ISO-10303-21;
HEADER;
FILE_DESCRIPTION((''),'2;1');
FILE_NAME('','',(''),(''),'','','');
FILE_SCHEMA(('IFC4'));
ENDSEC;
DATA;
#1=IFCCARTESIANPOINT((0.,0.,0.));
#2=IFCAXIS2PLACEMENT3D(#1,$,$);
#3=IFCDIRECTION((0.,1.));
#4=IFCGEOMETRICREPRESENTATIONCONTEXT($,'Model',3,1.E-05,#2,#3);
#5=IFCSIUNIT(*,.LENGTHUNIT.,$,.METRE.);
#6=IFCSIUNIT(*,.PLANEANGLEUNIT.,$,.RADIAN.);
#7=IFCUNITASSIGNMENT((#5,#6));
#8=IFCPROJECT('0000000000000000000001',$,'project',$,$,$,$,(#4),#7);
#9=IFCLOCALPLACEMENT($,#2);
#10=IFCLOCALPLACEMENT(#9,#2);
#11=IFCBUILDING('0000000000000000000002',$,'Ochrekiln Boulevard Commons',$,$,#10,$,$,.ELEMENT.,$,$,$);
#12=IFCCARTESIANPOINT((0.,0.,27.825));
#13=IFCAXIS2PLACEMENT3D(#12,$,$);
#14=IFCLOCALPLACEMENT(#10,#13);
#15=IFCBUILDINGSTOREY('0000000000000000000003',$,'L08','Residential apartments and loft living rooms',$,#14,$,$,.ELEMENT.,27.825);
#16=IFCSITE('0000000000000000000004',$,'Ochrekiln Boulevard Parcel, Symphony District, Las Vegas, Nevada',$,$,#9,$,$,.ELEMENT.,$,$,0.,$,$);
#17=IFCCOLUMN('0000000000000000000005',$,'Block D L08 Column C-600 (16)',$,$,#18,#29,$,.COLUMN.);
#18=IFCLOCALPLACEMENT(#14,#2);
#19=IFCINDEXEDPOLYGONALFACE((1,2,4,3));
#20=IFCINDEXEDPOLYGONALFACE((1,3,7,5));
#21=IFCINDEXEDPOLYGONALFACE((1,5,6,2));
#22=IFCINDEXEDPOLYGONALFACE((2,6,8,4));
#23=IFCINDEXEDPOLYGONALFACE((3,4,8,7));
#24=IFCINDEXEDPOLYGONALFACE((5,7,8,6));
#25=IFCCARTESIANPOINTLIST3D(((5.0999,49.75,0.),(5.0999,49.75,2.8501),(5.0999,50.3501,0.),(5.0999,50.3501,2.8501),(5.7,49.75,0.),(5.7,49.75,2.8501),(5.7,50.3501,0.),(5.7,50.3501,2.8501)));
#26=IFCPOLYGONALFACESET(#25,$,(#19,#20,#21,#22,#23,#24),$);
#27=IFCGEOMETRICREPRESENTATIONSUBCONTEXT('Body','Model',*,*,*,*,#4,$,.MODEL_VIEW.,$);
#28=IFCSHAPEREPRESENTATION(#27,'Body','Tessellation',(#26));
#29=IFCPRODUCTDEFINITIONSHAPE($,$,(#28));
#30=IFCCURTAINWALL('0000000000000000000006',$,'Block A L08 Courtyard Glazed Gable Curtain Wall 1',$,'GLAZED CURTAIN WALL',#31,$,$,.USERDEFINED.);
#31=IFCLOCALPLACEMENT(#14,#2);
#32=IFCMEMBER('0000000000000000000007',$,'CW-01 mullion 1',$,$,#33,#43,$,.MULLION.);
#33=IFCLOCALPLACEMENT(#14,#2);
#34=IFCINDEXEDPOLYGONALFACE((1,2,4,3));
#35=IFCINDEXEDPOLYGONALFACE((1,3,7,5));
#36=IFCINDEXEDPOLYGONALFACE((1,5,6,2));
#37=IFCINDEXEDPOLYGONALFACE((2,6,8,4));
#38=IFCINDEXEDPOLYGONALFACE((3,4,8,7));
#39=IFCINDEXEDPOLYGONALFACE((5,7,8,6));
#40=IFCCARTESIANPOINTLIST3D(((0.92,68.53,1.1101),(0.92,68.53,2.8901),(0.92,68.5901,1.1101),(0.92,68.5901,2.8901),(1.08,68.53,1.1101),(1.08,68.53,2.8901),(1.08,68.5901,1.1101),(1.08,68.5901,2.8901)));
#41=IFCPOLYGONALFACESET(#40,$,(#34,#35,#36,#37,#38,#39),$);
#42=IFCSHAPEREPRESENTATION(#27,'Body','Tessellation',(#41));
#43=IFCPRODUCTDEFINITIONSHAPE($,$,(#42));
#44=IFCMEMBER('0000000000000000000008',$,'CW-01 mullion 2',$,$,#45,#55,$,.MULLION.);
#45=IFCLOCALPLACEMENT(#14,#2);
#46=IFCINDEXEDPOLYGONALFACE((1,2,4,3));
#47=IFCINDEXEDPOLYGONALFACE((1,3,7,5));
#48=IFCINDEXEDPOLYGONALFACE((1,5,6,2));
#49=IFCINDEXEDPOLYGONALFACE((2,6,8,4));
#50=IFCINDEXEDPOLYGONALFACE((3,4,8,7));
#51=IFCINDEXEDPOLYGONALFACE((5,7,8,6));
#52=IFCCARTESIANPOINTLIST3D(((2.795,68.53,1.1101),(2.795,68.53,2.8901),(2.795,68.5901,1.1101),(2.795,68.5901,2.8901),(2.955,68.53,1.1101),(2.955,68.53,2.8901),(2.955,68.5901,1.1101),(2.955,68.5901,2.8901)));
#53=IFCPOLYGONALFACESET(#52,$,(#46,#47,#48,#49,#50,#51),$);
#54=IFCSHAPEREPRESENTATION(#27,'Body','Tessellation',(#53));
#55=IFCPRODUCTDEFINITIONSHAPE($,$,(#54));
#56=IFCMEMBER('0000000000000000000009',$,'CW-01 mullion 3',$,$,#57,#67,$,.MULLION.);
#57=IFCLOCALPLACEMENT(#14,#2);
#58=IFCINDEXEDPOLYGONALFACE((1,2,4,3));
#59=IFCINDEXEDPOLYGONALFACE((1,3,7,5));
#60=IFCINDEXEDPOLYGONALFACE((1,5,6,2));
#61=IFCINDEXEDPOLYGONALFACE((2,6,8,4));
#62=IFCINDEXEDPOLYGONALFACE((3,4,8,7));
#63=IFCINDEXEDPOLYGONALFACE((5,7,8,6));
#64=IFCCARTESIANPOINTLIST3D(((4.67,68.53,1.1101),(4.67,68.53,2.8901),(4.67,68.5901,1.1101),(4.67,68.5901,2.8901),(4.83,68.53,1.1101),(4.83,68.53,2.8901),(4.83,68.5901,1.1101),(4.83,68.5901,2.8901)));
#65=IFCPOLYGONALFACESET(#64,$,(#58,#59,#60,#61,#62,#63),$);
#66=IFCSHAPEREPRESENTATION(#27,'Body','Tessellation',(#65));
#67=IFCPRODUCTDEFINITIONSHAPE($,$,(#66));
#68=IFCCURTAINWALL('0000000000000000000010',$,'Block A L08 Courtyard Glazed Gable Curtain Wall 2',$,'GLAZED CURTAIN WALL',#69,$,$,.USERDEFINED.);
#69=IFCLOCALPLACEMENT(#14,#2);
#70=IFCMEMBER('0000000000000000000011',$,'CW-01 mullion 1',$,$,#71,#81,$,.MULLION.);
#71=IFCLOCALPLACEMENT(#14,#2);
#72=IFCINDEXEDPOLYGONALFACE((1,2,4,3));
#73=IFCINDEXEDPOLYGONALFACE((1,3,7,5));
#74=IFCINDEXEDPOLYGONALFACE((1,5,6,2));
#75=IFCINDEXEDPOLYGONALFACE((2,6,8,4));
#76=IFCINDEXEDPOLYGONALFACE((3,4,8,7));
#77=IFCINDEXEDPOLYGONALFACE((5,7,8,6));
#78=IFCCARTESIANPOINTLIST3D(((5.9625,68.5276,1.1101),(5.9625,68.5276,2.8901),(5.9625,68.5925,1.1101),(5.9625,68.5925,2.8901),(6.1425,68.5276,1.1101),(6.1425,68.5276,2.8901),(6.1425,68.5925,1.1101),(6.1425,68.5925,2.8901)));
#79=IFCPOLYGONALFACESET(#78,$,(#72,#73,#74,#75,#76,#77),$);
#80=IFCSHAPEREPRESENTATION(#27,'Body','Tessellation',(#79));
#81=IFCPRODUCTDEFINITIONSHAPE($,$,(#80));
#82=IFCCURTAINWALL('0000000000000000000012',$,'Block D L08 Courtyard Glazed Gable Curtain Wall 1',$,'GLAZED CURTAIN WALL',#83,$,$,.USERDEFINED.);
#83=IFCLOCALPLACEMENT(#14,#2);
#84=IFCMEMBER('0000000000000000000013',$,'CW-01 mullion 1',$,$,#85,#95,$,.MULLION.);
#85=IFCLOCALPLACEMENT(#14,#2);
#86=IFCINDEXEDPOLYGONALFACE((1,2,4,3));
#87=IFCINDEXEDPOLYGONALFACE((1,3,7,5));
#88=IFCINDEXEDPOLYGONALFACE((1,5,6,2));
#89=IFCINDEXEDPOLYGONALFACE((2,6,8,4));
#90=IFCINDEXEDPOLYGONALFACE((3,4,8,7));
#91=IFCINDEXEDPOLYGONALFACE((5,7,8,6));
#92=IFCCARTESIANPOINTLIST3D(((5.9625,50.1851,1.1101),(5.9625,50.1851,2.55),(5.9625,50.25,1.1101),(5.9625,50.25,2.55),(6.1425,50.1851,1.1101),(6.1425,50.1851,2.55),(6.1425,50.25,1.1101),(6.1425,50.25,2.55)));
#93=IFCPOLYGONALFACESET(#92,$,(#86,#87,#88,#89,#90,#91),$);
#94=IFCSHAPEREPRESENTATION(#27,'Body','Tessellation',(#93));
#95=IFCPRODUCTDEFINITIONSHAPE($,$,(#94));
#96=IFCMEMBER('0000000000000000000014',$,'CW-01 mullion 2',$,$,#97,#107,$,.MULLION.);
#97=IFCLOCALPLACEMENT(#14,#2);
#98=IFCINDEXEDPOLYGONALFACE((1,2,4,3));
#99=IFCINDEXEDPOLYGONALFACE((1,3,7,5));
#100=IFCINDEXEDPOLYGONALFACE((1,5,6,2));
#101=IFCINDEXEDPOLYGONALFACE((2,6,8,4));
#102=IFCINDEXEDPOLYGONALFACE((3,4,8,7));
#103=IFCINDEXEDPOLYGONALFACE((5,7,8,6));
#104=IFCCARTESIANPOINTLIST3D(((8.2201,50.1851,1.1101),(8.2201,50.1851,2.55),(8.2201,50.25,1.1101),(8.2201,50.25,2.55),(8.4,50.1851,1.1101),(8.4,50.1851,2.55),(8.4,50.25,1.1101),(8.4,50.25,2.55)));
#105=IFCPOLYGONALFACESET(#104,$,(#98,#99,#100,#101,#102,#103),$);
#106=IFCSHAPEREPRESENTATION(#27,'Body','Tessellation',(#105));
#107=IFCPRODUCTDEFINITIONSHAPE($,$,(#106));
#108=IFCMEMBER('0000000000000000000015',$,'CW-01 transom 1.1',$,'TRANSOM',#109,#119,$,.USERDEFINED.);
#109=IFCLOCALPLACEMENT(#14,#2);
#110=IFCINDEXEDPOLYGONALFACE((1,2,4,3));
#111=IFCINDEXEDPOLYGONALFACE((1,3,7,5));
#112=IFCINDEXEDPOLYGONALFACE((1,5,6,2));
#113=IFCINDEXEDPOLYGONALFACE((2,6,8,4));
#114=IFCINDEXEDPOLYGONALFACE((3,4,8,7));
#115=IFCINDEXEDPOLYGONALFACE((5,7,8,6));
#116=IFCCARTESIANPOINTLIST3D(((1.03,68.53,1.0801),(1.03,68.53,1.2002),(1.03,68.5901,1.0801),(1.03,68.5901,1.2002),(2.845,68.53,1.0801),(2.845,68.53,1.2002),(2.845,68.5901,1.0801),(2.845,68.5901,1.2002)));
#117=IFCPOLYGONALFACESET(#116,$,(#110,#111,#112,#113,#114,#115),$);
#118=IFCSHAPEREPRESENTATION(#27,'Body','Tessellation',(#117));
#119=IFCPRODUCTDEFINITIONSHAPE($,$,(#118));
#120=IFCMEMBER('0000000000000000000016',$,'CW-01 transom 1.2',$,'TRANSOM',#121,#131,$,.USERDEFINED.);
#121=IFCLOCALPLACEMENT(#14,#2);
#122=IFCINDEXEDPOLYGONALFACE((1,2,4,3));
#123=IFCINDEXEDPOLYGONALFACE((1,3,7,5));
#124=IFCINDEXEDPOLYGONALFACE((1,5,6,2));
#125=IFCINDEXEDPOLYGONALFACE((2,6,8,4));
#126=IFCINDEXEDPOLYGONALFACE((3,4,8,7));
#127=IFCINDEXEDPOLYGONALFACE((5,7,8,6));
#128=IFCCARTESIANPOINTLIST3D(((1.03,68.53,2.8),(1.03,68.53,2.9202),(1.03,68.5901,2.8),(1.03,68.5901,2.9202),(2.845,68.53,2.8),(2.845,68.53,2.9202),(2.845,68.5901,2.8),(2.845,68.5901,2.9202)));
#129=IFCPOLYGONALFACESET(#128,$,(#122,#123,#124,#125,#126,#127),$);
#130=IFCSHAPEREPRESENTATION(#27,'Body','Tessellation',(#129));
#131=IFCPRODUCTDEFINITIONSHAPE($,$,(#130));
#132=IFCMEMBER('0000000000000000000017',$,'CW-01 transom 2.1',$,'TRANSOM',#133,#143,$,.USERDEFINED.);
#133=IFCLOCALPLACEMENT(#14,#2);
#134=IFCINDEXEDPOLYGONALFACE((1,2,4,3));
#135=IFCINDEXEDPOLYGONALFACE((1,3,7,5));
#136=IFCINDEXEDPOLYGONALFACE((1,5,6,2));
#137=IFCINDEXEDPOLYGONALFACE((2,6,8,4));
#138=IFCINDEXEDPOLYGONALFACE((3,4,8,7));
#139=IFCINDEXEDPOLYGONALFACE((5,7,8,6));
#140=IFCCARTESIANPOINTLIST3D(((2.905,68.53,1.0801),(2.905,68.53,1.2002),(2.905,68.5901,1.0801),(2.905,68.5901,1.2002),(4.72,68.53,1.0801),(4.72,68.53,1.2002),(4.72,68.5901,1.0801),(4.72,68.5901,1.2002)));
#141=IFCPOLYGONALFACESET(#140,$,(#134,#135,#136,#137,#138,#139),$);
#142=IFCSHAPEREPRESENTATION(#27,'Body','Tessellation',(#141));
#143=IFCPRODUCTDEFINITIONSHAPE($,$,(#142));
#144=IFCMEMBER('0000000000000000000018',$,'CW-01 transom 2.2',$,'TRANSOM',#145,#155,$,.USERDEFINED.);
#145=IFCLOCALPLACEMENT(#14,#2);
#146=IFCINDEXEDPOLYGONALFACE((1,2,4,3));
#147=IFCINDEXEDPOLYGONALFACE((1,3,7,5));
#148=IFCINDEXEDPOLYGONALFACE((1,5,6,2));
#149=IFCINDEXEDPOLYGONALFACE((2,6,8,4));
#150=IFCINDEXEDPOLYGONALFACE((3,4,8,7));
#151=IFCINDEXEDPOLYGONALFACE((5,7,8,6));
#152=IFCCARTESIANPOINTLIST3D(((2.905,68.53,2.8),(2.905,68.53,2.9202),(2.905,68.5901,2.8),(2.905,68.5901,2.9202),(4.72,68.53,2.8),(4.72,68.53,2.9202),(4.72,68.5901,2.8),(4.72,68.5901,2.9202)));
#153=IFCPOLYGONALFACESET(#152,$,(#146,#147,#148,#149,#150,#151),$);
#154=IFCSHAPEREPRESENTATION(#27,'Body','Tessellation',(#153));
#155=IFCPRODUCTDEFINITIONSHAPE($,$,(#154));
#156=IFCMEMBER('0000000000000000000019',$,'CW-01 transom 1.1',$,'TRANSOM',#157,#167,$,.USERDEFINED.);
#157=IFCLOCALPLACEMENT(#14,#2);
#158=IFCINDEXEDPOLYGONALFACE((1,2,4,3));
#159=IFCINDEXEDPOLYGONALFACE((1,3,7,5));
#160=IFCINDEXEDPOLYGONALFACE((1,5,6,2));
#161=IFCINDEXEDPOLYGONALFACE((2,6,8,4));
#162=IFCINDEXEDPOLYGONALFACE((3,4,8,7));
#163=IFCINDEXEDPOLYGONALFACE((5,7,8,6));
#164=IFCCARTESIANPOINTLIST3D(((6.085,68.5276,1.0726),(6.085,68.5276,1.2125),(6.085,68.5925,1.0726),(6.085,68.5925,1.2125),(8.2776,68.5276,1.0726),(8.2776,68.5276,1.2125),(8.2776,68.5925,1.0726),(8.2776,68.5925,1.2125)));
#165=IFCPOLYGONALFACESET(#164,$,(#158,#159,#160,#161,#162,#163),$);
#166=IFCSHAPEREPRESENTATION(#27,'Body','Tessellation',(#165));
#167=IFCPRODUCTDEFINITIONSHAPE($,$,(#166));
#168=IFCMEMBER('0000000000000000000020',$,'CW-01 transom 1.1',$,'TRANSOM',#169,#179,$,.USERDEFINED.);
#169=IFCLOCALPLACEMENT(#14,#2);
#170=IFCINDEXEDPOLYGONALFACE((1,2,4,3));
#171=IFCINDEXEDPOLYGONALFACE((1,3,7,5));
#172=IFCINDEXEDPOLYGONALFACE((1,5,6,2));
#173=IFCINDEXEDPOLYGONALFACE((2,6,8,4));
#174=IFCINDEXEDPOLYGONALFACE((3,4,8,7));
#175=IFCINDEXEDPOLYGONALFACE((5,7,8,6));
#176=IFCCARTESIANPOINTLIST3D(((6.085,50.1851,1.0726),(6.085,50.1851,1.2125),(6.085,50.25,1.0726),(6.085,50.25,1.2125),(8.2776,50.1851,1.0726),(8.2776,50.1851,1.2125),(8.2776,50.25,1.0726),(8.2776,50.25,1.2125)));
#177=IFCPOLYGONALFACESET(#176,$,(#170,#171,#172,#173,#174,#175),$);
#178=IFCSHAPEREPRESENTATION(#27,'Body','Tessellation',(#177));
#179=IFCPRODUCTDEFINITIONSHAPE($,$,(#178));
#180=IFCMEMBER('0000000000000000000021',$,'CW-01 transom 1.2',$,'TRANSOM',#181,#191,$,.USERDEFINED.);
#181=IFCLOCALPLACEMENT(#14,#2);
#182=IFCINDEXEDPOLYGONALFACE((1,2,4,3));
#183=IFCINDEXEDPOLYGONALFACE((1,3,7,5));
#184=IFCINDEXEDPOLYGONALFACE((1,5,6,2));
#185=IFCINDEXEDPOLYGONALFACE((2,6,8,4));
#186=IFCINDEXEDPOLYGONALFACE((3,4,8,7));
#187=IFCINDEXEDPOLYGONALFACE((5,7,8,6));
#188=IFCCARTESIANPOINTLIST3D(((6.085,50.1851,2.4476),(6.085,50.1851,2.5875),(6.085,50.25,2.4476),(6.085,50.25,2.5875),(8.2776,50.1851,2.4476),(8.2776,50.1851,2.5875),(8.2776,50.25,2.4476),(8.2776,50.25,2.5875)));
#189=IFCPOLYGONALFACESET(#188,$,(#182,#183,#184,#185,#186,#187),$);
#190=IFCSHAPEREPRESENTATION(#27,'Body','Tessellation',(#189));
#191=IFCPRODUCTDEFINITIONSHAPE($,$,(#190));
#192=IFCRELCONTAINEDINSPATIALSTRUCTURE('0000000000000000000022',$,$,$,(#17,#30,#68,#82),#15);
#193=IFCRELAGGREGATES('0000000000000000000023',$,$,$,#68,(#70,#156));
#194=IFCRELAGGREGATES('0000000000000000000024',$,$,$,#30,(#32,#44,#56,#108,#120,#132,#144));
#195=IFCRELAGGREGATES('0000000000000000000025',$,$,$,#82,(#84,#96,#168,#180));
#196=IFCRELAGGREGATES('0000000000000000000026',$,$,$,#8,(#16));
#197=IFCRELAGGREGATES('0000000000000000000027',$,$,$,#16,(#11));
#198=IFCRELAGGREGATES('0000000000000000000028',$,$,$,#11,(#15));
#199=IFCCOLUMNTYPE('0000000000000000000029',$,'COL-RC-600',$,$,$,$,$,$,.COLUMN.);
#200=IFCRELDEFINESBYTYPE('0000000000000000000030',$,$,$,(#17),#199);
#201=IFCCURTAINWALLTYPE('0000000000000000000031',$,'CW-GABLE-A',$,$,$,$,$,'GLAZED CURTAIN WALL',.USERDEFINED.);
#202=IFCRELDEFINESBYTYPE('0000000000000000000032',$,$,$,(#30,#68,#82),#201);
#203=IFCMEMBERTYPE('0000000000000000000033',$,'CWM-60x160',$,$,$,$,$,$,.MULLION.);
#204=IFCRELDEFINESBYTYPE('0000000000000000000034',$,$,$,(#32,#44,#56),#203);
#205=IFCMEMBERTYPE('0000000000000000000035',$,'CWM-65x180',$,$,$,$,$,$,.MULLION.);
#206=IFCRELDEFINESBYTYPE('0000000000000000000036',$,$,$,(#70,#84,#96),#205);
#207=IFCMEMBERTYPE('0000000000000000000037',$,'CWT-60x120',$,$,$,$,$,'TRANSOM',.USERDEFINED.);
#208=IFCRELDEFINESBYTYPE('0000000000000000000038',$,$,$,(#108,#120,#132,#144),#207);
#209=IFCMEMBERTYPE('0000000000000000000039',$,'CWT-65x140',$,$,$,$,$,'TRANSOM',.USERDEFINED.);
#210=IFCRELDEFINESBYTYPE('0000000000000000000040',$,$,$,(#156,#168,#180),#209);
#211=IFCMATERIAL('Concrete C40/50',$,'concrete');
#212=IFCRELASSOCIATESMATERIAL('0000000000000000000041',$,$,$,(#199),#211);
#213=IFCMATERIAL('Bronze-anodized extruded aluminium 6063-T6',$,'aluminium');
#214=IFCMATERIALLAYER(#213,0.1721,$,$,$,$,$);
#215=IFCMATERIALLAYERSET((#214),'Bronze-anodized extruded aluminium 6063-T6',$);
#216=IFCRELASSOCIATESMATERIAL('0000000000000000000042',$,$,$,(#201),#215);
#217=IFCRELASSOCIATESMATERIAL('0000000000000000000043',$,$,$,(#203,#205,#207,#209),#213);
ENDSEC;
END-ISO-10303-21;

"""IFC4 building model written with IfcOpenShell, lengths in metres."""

from ifc_helpers import new_model, si_unit, direction, frame, origin, origin_2d, place, context, subcontext, project, spatial, rectangle, extrude, material, layer, layer_set, material_profile, profile_set, type_object, element, aggregate, save


model = new_model("IFC4")

# Units and contexts
model_context = context("Model", 3, precision=1e-05, world=origin(), true_north=direction((0.0, 1.0)))
body_context = subcontext(model_context, "Body", "Model", "MODEL_VIEW")
ifc_project = project(units=[si_unit("LENGTHUNIT", "METRE"), si_unit("PLANEANGLEUNIT", "RADIAN")], contexts=[model_context])

# Site, building, storey
site_placement = place(None, origin())
site = spatial("IfcSite", under=ifc_project, at=site_placement, Name="Ochrekiln Boulevard Parcel, Symphony District, Las Vegas, Nevada", CompositionType="ELEMENT", RefElevation=0.0)
building_placement = place(site_placement, origin())
building = spatial("IfcBuilding", under=site, at=building_placement, Name="Ochrekiln Boulevard Commons", CompositionType="ELEMENT")
storey_placement = place(building_placement, frame((0.0, 0.0, 27.825)))
storey = spatial("IfcBuildingStorey", under=building, at=storey_placement, Name="L08", Description="Residential apartments and loft living rooms", CompositionType="ELEMENT", Elevation=27.825)

# Column
ifc_material_1 = material(Name="Concrete C40/50", Category="concrete")
ifc_material_profile_1 = material_profile(ifc_material_1, rectangle(XDim=0.6001, YDim=0.6001, at=origin_2d()), Name="RC-COL-600x600")
ifc_profile_set_1 = profile_set([ifc_material_profile_1], Name="Concrete C40/50")
column_type = type_object("IfcColumnType", Name="COL-RC-600", PredefinedType="COLUMN", material=ifc_profile_set_1)
column_placement = place(storey_placement, frame((5.3999, 50.05, 0.0), z_axis=(0.0, 0.0, 1.0), x_axis=(1.0, 0.0, 0.0)))
element("IfcColumn", 1, at=column_placement, inside=storey, type_object=column_type, Name="Block D L08 Column C-600 (16)", PredefinedType="COLUMN", context=body_context, shape_type="SweptSolid", body=[
    extrude(rectangle(XDim=0.6001, YDim=0.6001, at=origin_2d()), origin(), (0.0, 0.0, 1.0), 2.8501),
])

# Curtain wall, members
ifc_material_2 = material(Name="Bronze-anodized extruded aluminium 6063-T6", Category="aluminium")
ifc_layer_1 = layer(ifc_material_2, 0.1721)
ifc_layer_set_1 = layer_set([ifc_layer_1], Name="Bronze-anodized extruded aluminium 6063-T6")
curtain_wall_type = type_object("IfcCurtainWallType", Name="CW-GABLE-A", ElementType="GLAZED CURTAIN WALL", PredefinedType="USERDEFINED", material=ifc_layer_set_1)
curtain_wall_1_placement = place(storey_placement, origin())
curtain_wall_1 = element("IfcCurtainWall", 2, at=curtain_wall_1_placement, inside=storey, type_object=curtain_wall_type, Name="Block A L08 Courtyard Glazed Gable Curtain Wall 1", ObjectType="GLAZED CURTAIN WALL", PredefinedType="USERDEFINED")
ifc_material_profile_2 = material_profile(ifc_material_2, rectangle(XDim=0.0601, YDim=0.1599, at=origin_2d()), Name="ALU-MUL-60x160")
ifc_profile_set_2 = profile_set([ifc_material_profile_2], Name="Bronze-anodized extruded aluminium 6063-T6")
member_type_1 = type_object("IfcMemberType", Name="CWM-60x160", PredefinedType="MULLION", material=ifc_profile_set_2)
member_1_placement = place(storey_placement, frame((1.0, 68.5601, 1.1101), z_axis=(0.0, 0.0, 1.0), x_axis=(0.0, 1.0, 0.0)))
member_1 = element("IfcMember", 3, at=member_1_placement, type_object=member_type_1, Name="CW-01 mullion 1", PredefinedType="MULLION", context=body_context, shape_type="SweptSolid", body=[
    extrude(rectangle(XDim=0.0601, YDim=0.1599, at=origin_2d()), origin(), (0.0, 0.0, 1.0), 1.78),
])
member_2_placement = place(storey_placement, frame((2.875, 68.5601, 1.1101), z_axis=(0.0, 0.0, 1.0), x_axis=(0.0, 1.0, 0.0)))
member_2 = element("IfcMember", 4, at=member_2_placement, type_object=member_type_1, Name="CW-01 mullion 2", PredefinedType="MULLION", context=body_context, shape_type="SweptSolid", body=[
    extrude(rectangle(XDim=0.0601, YDim=0.1599, at=origin_2d()), origin(), (0.0, 0.0, 1.0), 1.78),
])
member_3_placement = place(storey_placement, frame((4.75, 68.5601, 1.1101), z_axis=(0.0, 0.0, 1.0), x_axis=(0.0, 1.0, 0.0)))
member_3 = element("IfcMember", 5, at=member_3_placement, type_object=member_type_1, Name="CW-01 mullion 3", PredefinedType="MULLION", context=body_context, shape_type="SweptSolid", body=[
    extrude(rectangle(XDim=0.0601, YDim=0.1599, at=origin_2d()), origin(), (0.0, 0.0, 1.0), 1.78),
])

# Curtain wall, member
curtain_wall_2_placement = place(storey_placement, origin())
curtain_wall_2 = element("IfcCurtainWall", 6, at=curtain_wall_2_placement, inside=storey, type_object=curtain_wall_type, Name="Block A L08 Courtyard Glazed Gable Curtain Wall 2", ObjectType="GLAZED CURTAIN WALL", PredefinedType="USERDEFINED")
ifc_material_profile_3 = material_profile(ifc_material_2, rectangle(XDim=0.0649, YDim=0.1799, at=origin_2d()), Name="ALU-MUL-65x180")
ifc_profile_set_3 = profile_set([ifc_material_profile_3], Name="Bronze-anodized extruded aluminium 6063-T6")
member_type_2 = type_object("IfcMemberType", Name="CWM-65x180", PredefinedType="MULLION", material=ifc_profile_set_3)
member_4_placement = place(storey_placement, frame((6.0525, 68.5601, 1.1101), z_axis=(0.0, 0.0, 1.0), x_axis=(0.0, 1.0, 0.0)))
member_4 = element("IfcMember", 7, at=member_4_placement, type_object=member_type_2, Name="CW-01 mullion 1", PredefinedType="MULLION", context=body_context, shape_type="SweptSolid", body=[
    extrude(rectangle(XDim=0.0649, YDim=0.1799, at=origin_2d()), origin(), (0.0, 0.0, 1.0), 1.78),
])

# Curtain wall, members
curtain_wall_3_placement = place(storey_placement, origin())
curtain_wall_3 = element("IfcCurtainWall", 8, at=curtain_wall_3_placement, inside=storey, type_object=curtain_wall_type, Name="Block D L08 Courtyard Glazed Gable Curtain Wall 1", ObjectType="GLAZED CURTAIN WALL", PredefinedType="USERDEFINED")
member_5_placement = place(storey_placement, frame((6.0525, 50.2175, 1.1101), z_axis=(0.0, 0.0, 1.0), x_axis=(0.0, 1.0, 0.0)))
member_5 = element("IfcMember", 9, at=member_5_placement, type_object=member_type_2, Name="CW-01 mullion 1", PredefinedType="MULLION", context=body_context, shape_type="SweptSolid", body=[
    extrude(rectangle(XDim=0.0649, YDim=0.1799, at=origin_2d()), origin(), (0.0, 0.0, 1.0), 1.4399),
])
member_6_placement = place(storey_placement, frame((8.3101, 50.2175, 1.1101), z_axis=(0.0, 0.0, 1.0), x_axis=(0.0, 1.0, 0.0)))
member_6 = element("IfcMember", 10, at=member_6_placement, type_object=member_type_2, Name="CW-01 mullion 2", PredefinedType="MULLION", context=body_context, shape_type="SweptSolid", body=[
    extrude(rectangle(XDim=0.0649, YDim=0.1799, at=origin_2d()), origin(), (0.0, 0.0, 1.0), 1.4399),
])

# Members
ifc_material_profile_4 = material_profile(ifc_material_2, rectangle(XDim=0.0601, YDim=0.1201, at=origin_2d()), Name="ALU-TRN-60x120")
ifc_profile_set_4 = profile_set([ifc_material_profile_4], Name="Bronze-anodized extruded aluminium 6063-T6")
member_type_3 = type_object("IfcMemberType", Name="CWT-60x120", ElementType="TRANSOM", PredefinedType="USERDEFINED", material=ifc_profile_set_4)
member_7_placement = place(storey_placement, frame((1.03, 68.5601, 1.1401), z_axis=(1.0, 0.0, 0.0), x_axis=(0.0, 1.0, 0.0)))
member_7 = element("IfcMember", 11, at=member_7_placement, type_object=member_type_3, Name="CW-01 transom 1.1", ObjectType="TRANSOM", PredefinedType="USERDEFINED", context=body_context, shape_type="SweptSolid", body=[
    extrude(rectangle(XDim=0.0601, YDim=0.1201, at=origin_2d()), origin(), (0.0, 0.0, 1.0), 1.8149),
])
member_8_placement = place(storey_placement, frame((1.03, 68.5601, 2.8601), z_axis=(1.0, 0.0, 0.0), x_axis=(0.0, 1.0, 0.0)))
member_8 = element("IfcMember", 12, at=member_8_placement, type_object=member_type_3, Name="CW-01 transom 1.2", ObjectType="TRANSOM", PredefinedType="USERDEFINED", context=body_context, shape_type="SweptSolid", body=[
    extrude(rectangle(XDim=0.0601, YDim=0.1201, at=origin_2d()), origin(), (0.0, 0.0, 1.0), 1.8149),
])
member_9_placement = place(storey_placement, frame((2.905, 68.5601, 1.1401), z_axis=(1.0, 0.0, 0.0), x_axis=(0.0, 1.0, 0.0)))
member_9 = element("IfcMember", 13, at=member_9_placement, type_object=member_type_3, Name="CW-01 transom 2.1", ObjectType="TRANSOM", PredefinedType="USERDEFINED", context=body_context, shape_type="SweptSolid", body=[
    extrude(rectangle(XDim=0.0601, YDim=0.1201, at=origin_2d()), origin(), (0.0, 0.0, 1.0), 1.8149),
])
member_10_placement = place(storey_placement, frame((2.905, 68.5601, 2.8601), z_axis=(1.0, 0.0, 0.0), x_axis=(0.0, 1.0, 0.0)))
member_10 = element("IfcMember", 14, at=member_10_placement, type_object=member_type_3, Name="CW-01 transom 2.2", ObjectType="TRANSOM", PredefinedType="USERDEFINED", context=body_context, shape_type="SweptSolid", body=[
    extrude(rectangle(XDim=0.0601, YDim=0.1201, at=origin_2d()), origin(), (0.0, 0.0, 1.0), 1.8149),
])
ifc_material_profile_5 = material_profile(ifc_material_2, rectangle(XDim=0.0649, YDim=0.1399, at=origin_2d()), Name="ALU-TRN-65x140")
ifc_profile_set_5 = profile_set([ifc_material_profile_5], Name="Bronze-anodized extruded aluminium 6063-T6")
member_type_4 = type_object("IfcMemberType", Name="CWT-65x140", ElementType="TRANSOM", PredefinedType="USERDEFINED", material=ifc_profile_set_5)
member_11_placement = place(storey_placement, frame((6.085, 68.5601, 1.1426), z_axis=(1.0, 0.0, 0.0), x_axis=(0.0, 1.0, 0.0)))
member_11 = element("IfcMember", 15, at=member_11_placement, type_object=member_type_4, Name="CW-01 transom 1.1", ObjectType="TRANSOM", PredefinedType="USERDEFINED", context=body_context, shape_type="SweptSolid", body=[
    extrude(rectangle(XDim=0.0649, YDim=0.1399, at=origin_2d()), origin(), (0.0, 0.0, 1.0), 2.1926),
])
aggregate(curtain_wall_2, [member_4, member_11])
member_12_placement = place(storey_placement, frame((6.085, 50.2175, 1.1426), z_axis=(1.0, 0.0, 0.0), x_axis=(0.0, 1.0, 0.0)))
member_12 = element("IfcMember", 16, at=member_12_placement, type_object=member_type_4, Name="CW-01 transom 1.1", ObjectType="TRANSOM", PredefinedType="USERDEFINED", context=body_context, shape_type="SweptSolid", body=[
    extrude(rectangle(XDim=0.0649, YDim=0.1399, at=origin_2d()), origin(), (0.0, 0.0, 1.0), 2.1926),
])
member_13_placement = place(storey_placement, frame((6.085, 50.2175, 2.5176), z_axis=(1.0, 0.0, 0.0), x_axis=(0.0, 1.0, 0.0)))
member_13 = element("IfcMember", 17, at=member_13_placement, type_object=member_type_4, Name="CW-01 transom 1.2", ObjectType="TRANSOM", PredefinedType="USERDEFINED", context=body_context, shape_type="SweptSolid", body=[
    extrude(rectangle(XDim=0.0649, YDim=0.1399, at=origin_2d()), origin(), (0.0, 0.0, 1.0), 2.1926),
])

aggregate(curtain_wall_1, [member_1, member_2, member_3, member_7, member_8, member_9, member_10])
aggregate(curtain_wall_3, [member_5, member_6, member_12, member_13])

save(model, "model.ifc")
